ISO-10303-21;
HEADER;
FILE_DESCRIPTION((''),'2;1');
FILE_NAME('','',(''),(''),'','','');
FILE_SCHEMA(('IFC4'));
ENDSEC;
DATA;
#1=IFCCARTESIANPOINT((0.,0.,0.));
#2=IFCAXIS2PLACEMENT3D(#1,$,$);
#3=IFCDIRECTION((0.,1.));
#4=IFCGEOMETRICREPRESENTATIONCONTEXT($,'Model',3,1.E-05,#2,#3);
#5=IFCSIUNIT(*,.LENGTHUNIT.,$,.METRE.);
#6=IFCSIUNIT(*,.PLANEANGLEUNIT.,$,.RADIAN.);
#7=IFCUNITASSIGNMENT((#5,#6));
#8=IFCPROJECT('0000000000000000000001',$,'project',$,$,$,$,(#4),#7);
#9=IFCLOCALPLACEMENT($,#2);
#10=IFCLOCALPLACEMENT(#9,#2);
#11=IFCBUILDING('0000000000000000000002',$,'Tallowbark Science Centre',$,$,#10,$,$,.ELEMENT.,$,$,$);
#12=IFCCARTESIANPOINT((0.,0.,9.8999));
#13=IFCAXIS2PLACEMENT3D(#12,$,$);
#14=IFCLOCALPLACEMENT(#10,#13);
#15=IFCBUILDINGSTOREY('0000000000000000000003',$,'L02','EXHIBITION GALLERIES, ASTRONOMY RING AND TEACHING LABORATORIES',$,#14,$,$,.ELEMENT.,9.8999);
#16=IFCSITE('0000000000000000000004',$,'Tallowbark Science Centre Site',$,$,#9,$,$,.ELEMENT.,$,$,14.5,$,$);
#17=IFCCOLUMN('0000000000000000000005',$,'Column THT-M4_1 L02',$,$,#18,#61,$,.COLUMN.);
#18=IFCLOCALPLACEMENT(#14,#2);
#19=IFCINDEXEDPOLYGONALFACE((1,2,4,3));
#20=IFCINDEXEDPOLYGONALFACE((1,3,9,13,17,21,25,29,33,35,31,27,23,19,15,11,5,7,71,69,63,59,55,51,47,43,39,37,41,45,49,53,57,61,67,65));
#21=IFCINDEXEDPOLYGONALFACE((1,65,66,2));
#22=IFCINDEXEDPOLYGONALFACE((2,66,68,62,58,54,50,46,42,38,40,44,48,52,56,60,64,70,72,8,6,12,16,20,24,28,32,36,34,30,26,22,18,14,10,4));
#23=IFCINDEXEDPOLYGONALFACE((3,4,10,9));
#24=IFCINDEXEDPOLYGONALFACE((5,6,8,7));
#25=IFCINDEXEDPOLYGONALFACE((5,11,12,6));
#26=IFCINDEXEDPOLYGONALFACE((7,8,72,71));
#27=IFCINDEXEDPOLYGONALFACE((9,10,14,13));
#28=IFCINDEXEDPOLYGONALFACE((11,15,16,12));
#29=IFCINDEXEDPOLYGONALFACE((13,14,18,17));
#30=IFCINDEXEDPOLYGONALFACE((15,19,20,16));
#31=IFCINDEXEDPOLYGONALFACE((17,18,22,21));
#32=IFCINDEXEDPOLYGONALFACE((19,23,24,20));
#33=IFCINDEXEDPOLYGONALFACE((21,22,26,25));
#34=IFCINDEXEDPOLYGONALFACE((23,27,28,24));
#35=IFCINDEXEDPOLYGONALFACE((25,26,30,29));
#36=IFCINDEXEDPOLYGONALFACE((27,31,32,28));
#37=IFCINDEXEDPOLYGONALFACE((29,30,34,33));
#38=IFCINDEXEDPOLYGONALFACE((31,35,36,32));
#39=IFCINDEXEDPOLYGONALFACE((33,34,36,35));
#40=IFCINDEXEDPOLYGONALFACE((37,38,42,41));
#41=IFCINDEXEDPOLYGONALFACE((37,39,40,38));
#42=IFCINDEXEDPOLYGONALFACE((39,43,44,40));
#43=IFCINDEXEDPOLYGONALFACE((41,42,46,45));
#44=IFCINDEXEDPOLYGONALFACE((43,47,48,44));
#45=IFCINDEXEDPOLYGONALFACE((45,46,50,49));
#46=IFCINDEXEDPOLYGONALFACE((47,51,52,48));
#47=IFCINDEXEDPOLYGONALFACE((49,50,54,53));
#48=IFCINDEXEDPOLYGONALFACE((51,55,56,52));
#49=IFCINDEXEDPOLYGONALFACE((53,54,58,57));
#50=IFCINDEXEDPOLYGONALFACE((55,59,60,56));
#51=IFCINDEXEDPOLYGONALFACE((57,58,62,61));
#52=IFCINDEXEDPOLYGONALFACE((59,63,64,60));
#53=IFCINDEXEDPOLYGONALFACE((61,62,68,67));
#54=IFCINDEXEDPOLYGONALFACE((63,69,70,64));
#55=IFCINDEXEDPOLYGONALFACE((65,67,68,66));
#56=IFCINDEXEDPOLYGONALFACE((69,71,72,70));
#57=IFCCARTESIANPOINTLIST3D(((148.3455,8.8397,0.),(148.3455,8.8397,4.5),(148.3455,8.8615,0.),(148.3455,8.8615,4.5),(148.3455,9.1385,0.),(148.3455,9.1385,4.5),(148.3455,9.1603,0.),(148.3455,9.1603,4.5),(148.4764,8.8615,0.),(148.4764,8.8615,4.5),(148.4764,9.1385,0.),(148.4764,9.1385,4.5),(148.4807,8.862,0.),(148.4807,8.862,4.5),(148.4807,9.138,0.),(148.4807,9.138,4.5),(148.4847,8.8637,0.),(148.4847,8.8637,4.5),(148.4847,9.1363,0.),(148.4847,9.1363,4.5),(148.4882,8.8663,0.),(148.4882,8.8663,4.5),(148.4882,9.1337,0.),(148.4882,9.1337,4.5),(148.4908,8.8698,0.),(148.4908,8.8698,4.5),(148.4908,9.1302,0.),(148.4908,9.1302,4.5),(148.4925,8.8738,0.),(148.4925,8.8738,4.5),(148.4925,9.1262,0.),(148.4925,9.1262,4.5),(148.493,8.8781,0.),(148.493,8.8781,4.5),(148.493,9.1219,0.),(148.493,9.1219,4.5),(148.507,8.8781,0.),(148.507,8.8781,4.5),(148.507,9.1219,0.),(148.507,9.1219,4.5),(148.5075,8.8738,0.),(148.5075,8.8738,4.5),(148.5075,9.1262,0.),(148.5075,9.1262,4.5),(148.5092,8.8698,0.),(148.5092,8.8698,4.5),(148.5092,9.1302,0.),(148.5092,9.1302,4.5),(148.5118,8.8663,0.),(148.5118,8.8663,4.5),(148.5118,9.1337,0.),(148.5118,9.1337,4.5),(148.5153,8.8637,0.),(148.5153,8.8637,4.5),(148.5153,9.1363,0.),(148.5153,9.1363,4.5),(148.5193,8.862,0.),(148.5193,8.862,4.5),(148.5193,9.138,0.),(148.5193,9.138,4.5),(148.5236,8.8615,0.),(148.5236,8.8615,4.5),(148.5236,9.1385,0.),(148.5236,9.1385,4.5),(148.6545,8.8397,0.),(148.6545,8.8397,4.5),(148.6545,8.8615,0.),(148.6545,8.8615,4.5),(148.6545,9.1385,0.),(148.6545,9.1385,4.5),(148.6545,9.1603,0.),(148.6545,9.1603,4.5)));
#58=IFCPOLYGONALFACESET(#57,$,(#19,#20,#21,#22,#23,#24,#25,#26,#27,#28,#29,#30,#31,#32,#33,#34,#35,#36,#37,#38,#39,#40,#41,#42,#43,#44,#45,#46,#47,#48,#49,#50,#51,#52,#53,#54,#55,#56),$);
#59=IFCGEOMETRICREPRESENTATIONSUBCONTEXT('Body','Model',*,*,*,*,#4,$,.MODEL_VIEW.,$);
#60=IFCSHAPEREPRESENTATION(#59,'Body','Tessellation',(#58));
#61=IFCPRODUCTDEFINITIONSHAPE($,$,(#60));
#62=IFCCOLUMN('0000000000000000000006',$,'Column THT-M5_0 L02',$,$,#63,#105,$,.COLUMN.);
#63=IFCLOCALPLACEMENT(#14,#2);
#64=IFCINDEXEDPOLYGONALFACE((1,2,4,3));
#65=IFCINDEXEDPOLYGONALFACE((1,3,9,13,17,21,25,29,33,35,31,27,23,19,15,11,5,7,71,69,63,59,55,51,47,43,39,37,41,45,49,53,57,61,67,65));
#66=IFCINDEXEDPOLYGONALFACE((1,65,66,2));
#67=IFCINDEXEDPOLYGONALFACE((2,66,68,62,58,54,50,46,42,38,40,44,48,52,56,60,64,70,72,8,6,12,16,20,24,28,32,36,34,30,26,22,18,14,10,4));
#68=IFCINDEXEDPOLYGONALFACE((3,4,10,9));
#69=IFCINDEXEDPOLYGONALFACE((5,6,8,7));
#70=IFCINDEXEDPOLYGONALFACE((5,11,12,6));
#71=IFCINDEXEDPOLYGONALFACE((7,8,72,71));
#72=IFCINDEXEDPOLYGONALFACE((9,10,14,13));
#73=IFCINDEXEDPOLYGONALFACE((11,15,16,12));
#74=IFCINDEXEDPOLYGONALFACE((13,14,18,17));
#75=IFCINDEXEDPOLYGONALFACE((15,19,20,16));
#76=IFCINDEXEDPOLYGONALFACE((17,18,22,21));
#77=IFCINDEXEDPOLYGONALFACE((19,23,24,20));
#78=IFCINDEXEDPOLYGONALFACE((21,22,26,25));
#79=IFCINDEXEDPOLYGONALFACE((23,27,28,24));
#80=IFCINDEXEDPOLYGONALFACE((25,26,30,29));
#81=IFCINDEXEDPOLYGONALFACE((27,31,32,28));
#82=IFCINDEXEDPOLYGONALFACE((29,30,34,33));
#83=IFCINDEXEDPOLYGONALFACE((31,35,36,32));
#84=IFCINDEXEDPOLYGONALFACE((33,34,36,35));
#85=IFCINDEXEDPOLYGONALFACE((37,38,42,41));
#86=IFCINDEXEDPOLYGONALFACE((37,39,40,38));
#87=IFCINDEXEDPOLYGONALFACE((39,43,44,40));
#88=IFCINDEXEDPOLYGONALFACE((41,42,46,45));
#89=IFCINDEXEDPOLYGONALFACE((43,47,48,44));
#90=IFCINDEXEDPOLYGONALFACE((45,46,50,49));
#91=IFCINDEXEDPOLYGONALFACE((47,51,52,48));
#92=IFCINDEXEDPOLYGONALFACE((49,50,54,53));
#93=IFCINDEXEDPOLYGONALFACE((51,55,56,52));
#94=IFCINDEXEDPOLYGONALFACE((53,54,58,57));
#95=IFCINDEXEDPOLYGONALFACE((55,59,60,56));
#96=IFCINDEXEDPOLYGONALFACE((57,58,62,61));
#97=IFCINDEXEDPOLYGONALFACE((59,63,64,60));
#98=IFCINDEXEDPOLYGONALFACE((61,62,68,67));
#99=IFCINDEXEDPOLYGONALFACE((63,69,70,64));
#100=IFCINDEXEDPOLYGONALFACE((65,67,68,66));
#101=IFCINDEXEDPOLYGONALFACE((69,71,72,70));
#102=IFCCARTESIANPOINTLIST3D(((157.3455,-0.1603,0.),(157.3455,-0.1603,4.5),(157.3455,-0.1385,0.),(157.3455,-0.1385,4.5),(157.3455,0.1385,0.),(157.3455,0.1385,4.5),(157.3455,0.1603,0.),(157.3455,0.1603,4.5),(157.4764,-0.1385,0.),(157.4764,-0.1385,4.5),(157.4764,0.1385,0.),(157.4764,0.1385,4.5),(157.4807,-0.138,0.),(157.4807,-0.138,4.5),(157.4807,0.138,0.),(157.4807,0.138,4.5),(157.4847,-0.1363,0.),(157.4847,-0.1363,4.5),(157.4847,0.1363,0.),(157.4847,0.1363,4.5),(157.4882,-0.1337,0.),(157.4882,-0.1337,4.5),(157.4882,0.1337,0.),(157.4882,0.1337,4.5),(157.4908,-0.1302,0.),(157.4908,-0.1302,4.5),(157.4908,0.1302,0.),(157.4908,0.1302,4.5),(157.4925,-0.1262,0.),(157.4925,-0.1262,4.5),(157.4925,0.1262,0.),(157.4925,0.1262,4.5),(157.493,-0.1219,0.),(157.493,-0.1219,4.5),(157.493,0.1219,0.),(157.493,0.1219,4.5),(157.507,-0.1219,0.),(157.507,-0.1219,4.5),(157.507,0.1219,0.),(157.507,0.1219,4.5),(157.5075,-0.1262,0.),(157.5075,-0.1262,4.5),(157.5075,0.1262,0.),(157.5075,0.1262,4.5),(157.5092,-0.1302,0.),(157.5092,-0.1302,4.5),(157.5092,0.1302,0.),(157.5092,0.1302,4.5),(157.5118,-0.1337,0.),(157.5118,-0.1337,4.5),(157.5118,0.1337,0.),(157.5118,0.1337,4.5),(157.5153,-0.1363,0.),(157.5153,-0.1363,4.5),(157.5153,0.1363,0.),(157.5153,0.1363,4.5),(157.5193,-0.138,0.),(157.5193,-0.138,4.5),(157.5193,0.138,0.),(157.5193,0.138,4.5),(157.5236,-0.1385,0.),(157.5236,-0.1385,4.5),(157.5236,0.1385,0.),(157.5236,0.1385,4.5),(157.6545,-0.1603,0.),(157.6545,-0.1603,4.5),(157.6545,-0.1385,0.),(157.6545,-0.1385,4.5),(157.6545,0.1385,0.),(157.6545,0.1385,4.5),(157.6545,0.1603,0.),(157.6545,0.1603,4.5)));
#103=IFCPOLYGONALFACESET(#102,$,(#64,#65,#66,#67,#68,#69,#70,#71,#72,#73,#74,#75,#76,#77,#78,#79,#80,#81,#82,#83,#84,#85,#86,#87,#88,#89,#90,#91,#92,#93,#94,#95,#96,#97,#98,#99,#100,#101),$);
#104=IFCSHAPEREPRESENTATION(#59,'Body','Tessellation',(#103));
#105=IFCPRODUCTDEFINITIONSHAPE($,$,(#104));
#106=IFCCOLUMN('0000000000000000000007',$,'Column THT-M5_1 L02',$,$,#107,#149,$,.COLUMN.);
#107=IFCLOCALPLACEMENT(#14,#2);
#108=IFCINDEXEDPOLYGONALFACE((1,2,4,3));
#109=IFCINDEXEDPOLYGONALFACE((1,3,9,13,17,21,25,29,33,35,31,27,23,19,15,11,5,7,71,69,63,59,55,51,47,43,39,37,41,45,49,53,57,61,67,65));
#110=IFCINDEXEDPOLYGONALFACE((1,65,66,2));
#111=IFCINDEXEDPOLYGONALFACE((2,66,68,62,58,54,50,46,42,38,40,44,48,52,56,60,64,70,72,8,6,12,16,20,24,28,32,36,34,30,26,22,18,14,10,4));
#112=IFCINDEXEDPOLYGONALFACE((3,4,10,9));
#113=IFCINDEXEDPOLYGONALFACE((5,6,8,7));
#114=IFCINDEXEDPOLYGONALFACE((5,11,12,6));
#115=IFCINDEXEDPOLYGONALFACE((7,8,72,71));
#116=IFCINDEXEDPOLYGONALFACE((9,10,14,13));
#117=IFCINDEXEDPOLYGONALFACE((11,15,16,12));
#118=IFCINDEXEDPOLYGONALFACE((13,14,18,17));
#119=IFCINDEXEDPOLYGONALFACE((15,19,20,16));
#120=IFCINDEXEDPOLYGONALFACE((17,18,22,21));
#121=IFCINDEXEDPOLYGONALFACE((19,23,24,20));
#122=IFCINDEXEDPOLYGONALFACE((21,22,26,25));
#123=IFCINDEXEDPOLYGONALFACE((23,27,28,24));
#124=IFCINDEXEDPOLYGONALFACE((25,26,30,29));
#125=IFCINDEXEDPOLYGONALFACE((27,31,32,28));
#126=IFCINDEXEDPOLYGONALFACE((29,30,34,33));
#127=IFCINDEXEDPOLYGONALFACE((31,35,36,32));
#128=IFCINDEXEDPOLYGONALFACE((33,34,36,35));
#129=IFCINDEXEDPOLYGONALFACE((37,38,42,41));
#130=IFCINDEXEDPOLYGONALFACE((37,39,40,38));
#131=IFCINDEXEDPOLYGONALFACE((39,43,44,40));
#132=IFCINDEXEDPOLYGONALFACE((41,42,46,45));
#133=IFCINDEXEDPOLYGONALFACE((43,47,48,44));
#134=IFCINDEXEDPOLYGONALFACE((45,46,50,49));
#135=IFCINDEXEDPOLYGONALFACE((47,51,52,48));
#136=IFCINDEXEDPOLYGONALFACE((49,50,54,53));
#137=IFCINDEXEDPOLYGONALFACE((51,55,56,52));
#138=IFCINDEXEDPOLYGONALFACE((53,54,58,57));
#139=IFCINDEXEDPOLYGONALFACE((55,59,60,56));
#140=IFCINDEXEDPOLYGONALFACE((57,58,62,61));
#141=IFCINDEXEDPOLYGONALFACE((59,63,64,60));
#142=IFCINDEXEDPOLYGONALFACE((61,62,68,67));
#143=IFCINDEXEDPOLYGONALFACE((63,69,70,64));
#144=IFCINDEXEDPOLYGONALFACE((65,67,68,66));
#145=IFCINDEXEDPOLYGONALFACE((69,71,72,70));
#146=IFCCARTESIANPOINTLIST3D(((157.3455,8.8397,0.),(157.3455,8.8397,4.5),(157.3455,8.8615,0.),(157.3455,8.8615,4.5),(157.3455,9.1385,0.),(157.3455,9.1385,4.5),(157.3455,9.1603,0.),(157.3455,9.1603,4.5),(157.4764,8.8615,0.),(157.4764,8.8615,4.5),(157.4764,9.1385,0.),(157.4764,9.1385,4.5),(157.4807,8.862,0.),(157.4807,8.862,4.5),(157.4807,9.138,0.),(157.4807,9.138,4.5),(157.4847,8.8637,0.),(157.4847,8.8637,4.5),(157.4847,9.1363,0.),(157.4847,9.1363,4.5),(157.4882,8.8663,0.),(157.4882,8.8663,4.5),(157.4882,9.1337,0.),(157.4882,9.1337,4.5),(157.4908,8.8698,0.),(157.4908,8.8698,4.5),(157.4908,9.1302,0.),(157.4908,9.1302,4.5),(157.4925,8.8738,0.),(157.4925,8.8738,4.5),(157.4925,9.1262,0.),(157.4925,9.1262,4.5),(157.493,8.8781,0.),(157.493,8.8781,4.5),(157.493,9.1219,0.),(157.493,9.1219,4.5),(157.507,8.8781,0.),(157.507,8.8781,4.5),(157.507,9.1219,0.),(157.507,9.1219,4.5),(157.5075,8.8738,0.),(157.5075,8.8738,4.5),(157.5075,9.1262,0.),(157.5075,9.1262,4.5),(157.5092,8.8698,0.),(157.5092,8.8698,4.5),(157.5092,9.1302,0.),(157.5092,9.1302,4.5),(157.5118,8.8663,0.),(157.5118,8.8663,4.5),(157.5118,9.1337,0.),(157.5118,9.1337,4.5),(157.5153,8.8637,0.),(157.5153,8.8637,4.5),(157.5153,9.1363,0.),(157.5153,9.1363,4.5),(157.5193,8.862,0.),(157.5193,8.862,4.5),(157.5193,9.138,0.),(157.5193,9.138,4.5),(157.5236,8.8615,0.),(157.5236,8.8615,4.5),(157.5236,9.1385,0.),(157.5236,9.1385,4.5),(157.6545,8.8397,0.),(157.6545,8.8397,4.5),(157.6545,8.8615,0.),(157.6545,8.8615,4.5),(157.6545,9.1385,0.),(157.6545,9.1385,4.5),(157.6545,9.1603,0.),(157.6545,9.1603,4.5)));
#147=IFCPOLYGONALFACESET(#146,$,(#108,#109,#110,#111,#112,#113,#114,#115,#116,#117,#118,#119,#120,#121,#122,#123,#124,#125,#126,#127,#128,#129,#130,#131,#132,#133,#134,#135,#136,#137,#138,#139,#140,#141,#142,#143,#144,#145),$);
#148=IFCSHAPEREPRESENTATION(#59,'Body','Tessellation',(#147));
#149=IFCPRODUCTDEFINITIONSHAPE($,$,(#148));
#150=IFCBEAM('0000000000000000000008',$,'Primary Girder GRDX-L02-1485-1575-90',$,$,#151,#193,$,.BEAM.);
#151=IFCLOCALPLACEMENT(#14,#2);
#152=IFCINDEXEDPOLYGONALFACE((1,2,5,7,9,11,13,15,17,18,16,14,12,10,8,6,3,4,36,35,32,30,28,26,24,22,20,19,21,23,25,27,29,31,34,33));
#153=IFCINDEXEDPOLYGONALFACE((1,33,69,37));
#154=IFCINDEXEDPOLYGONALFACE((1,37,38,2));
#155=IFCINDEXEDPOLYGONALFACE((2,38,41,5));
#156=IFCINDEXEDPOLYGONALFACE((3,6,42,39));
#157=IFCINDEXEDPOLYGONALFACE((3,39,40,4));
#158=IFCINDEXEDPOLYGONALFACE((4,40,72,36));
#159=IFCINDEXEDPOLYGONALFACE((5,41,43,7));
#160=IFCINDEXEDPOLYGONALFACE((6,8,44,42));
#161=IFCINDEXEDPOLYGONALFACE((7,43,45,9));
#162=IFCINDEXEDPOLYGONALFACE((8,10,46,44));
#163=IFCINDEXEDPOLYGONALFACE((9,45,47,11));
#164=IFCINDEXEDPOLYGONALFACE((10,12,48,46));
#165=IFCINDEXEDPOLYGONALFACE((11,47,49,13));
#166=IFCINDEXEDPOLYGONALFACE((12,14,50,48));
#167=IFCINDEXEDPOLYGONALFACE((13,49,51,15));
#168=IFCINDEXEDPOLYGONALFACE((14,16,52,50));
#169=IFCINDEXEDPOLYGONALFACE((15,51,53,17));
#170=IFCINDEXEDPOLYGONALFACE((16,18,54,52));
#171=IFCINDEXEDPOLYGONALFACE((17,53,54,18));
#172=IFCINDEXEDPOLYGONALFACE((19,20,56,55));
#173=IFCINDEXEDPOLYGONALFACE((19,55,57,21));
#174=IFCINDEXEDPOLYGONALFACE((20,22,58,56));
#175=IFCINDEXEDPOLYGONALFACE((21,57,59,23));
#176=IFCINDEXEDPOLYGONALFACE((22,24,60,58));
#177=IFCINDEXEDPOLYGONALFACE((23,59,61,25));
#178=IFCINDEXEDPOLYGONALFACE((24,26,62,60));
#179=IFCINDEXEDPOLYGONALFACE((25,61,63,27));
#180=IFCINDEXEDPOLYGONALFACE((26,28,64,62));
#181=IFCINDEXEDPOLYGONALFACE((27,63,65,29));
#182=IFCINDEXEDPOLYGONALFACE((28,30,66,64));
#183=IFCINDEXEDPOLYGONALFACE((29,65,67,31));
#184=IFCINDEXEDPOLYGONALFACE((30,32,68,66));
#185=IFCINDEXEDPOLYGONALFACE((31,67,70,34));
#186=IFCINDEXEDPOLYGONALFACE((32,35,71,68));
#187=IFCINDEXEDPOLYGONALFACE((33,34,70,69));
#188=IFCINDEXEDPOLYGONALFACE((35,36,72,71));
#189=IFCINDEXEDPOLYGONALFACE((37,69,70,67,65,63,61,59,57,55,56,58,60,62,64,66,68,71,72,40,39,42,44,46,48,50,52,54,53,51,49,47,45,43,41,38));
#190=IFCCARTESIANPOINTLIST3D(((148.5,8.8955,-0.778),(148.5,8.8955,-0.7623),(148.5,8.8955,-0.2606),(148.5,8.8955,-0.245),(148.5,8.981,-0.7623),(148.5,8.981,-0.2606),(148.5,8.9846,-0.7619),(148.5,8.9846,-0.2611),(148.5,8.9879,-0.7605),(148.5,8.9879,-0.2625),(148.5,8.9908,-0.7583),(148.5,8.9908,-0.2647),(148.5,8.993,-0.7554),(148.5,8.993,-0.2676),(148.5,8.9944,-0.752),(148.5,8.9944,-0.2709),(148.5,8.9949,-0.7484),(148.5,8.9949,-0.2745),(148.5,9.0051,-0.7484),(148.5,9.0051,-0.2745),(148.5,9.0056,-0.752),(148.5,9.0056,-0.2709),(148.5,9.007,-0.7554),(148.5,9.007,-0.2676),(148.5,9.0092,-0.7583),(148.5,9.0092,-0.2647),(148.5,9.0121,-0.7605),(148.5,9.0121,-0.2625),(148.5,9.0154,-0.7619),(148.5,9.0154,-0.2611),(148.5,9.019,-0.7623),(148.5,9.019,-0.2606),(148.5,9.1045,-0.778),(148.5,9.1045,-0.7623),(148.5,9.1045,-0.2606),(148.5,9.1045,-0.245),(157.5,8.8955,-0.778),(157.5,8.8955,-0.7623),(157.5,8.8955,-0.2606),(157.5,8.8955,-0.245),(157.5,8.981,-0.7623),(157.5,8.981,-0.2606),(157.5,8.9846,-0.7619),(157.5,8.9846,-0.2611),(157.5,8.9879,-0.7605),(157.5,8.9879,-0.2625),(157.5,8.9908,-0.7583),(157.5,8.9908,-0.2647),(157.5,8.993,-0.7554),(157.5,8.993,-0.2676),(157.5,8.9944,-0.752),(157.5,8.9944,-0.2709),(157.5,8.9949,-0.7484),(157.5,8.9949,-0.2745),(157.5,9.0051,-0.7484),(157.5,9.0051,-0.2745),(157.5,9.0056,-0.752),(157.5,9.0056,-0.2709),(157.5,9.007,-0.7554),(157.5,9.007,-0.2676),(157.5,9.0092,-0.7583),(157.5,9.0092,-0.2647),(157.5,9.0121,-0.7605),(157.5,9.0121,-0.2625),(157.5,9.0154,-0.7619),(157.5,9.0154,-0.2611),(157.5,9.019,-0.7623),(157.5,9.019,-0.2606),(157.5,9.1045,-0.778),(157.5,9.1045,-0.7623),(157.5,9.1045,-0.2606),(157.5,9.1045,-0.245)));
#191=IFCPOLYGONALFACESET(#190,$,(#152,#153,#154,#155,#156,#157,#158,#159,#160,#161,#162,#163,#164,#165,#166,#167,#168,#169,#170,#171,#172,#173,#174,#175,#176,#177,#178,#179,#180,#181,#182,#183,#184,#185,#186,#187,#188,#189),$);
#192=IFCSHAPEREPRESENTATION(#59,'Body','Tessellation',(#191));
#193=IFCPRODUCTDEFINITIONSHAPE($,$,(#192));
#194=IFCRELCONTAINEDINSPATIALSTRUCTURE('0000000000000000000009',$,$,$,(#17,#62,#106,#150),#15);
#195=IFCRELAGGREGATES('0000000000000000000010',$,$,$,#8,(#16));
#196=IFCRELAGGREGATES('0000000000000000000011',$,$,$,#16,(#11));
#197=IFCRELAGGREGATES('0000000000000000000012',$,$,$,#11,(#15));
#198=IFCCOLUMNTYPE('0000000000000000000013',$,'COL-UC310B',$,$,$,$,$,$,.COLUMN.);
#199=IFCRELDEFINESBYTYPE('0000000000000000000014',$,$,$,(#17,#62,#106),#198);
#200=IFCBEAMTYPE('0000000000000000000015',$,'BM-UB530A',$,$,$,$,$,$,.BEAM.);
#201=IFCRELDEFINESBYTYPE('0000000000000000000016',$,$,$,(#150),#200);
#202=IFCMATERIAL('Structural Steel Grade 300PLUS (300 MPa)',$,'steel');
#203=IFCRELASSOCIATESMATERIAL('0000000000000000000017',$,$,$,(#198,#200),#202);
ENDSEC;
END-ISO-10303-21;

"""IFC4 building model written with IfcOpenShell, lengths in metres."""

from ifc_helpers import new_model, si_unit, direction, frame, origin, origin_2d, place, context, subcontext, project, spatial, i_section, extrude, material, material_profile, profile_set, type_object, element, save


model = new_model("IFC4")

# Units and contexts
model_context = context("Model", 3, precision=1e-05, world=origin(), true_north=direction((0.0, 1.0)))
body_context = subcontext(model_context, "Body", "Model", "MODEL_VIEW")
ifc_project = project(units=[si_unit("LENGTHUNIT", "METRE"), si_unit("PLANEANGLEUNIT", "RADIAN")], contexts=[model_context])

# Site, building, storey
site_placement = place(None, origin())
site = spatial("IfcSite", under=ifc_project, at=site_placement, Name="Tallowbark Science Centre Site", CompositionType="ELEMENT", RefElevation=14.5)
building_placement = place(site_placement, origin())
building = spatial("IfcBuilding", under=site, at=building_placement, Name="Tallowbark Science Centre", CompositionType="ELEMENT")
storey_placement = place(building_placement, frame((0.0, 0.0, 9.8999)))
storey = spatial("IfcBuildingStorey", under=building, at=storey_placement, Name="L02", Description="EXHIBITION GALLERIES, ASTRONOMY RING AND TEACHING LABORATORIES", CompositionType="ELEMENT", Elevation=9.8999)

# Columns
ifc_material_1 = material(Name="Structural Steel Grade 300PLUS (300 MPa)", Category="steel")
ifc_material_profile_1 = material_profile(ifc_material_1, i_section(OverallWidth=0.3091, OverallDepth=0.3206, WebThickness=0.0139, FlangeThickness=0.0217, FilletRadius=0.0166, at=origin_2d()), Name="310UC137")
ifc_profile_set_1 = profile_set([ifc_material_profile_1], Name="Structural Steel Grade 300PLUS (300 MPa)")
column_type = type_object("IfcColumnType", Name="COL-UC310B", PredefinedType="COLUMN", material=ifc_profile_set_1)
for number, where, z_axis, x_axis, name in (
    (1, (148.5, 9.0, 0.0), (0.0, 0.0, 1.0), (1.0, 0.0, 0.0), "Column THT-M4_1 L02"),
    (2, (157.5, 0.0, 0.0), (0.0, 0.0, 1.0), (1.0, 0.0, 0.0), "Column THT-M5_0 L02"),
    (3, (157.5, 9.0, 0.0), (0.0, 0.0, 1.0), (1.0, 0.0, 0.0), "Column THT-M5_1 L02"),
):
    element("IfcColumn", number, at=place(storey_placement, frame(where, z_axis=z_axis, x_axis=x_axis)), inside=storey, type_object=column_type, Name=name, PredefinedType="COLUMN", context=body_context, shape_type="SweptSolid", body=[
        extrude(i_section(OverallWidth=0.3091, OverallDepth=0.3206, WebThickness=0.0139, FlangeThickness=0.0217, FilletRadius=0.0166, at=origin_2d()), origin(), (0.0, 0.0, 1.0), 4.5),
    ])

# Beam
ifc_material_profile_2 = material_profile(ifc_material_1, i_section(OverallWidth=0.209, OverallDepth=0.533, WebThickness=0.0103, FlangeThickness=0.0156, FilletRadius=0.0139, at=origin_2d()), Name="530UB92.4")
ifc_profile_set_2 = profile_set([ifc_material_profile_2], Name="Structural Steel Grade 300PLUS (300 MPa)")
beam_type_1 = type_object("IfcBeamType", Name="BM-UB530A", PredefinedType="BEAM", material=ifc_profile_set_2)
beam_placement = place(storey_placement, frame((148.5, 9.0, -0.5115), z_axis=(1.0, 0.0, 0.0), x_axis=(0.0, 1.0, 0.0)))
element("IfcBeam", 4, at=beam_placement, inside=storey, type_object=beam_type_1, Name="Primary Girder GRDX-L02-1485-1575-90", PredefinedType="BEAM", context=body_context, shape_type="SweptSolid", body=[
    extrude(i_section(OverallWidth=0.209, OverallDepth=0.533, WebThickness=0.0103, FlangeThickness=0.0156, FilletRadius=0.0139, at=origin_2d()), origin(), (0.0, 0.0, 1.0), 9.0),
])

save(model, "model.ifc")
